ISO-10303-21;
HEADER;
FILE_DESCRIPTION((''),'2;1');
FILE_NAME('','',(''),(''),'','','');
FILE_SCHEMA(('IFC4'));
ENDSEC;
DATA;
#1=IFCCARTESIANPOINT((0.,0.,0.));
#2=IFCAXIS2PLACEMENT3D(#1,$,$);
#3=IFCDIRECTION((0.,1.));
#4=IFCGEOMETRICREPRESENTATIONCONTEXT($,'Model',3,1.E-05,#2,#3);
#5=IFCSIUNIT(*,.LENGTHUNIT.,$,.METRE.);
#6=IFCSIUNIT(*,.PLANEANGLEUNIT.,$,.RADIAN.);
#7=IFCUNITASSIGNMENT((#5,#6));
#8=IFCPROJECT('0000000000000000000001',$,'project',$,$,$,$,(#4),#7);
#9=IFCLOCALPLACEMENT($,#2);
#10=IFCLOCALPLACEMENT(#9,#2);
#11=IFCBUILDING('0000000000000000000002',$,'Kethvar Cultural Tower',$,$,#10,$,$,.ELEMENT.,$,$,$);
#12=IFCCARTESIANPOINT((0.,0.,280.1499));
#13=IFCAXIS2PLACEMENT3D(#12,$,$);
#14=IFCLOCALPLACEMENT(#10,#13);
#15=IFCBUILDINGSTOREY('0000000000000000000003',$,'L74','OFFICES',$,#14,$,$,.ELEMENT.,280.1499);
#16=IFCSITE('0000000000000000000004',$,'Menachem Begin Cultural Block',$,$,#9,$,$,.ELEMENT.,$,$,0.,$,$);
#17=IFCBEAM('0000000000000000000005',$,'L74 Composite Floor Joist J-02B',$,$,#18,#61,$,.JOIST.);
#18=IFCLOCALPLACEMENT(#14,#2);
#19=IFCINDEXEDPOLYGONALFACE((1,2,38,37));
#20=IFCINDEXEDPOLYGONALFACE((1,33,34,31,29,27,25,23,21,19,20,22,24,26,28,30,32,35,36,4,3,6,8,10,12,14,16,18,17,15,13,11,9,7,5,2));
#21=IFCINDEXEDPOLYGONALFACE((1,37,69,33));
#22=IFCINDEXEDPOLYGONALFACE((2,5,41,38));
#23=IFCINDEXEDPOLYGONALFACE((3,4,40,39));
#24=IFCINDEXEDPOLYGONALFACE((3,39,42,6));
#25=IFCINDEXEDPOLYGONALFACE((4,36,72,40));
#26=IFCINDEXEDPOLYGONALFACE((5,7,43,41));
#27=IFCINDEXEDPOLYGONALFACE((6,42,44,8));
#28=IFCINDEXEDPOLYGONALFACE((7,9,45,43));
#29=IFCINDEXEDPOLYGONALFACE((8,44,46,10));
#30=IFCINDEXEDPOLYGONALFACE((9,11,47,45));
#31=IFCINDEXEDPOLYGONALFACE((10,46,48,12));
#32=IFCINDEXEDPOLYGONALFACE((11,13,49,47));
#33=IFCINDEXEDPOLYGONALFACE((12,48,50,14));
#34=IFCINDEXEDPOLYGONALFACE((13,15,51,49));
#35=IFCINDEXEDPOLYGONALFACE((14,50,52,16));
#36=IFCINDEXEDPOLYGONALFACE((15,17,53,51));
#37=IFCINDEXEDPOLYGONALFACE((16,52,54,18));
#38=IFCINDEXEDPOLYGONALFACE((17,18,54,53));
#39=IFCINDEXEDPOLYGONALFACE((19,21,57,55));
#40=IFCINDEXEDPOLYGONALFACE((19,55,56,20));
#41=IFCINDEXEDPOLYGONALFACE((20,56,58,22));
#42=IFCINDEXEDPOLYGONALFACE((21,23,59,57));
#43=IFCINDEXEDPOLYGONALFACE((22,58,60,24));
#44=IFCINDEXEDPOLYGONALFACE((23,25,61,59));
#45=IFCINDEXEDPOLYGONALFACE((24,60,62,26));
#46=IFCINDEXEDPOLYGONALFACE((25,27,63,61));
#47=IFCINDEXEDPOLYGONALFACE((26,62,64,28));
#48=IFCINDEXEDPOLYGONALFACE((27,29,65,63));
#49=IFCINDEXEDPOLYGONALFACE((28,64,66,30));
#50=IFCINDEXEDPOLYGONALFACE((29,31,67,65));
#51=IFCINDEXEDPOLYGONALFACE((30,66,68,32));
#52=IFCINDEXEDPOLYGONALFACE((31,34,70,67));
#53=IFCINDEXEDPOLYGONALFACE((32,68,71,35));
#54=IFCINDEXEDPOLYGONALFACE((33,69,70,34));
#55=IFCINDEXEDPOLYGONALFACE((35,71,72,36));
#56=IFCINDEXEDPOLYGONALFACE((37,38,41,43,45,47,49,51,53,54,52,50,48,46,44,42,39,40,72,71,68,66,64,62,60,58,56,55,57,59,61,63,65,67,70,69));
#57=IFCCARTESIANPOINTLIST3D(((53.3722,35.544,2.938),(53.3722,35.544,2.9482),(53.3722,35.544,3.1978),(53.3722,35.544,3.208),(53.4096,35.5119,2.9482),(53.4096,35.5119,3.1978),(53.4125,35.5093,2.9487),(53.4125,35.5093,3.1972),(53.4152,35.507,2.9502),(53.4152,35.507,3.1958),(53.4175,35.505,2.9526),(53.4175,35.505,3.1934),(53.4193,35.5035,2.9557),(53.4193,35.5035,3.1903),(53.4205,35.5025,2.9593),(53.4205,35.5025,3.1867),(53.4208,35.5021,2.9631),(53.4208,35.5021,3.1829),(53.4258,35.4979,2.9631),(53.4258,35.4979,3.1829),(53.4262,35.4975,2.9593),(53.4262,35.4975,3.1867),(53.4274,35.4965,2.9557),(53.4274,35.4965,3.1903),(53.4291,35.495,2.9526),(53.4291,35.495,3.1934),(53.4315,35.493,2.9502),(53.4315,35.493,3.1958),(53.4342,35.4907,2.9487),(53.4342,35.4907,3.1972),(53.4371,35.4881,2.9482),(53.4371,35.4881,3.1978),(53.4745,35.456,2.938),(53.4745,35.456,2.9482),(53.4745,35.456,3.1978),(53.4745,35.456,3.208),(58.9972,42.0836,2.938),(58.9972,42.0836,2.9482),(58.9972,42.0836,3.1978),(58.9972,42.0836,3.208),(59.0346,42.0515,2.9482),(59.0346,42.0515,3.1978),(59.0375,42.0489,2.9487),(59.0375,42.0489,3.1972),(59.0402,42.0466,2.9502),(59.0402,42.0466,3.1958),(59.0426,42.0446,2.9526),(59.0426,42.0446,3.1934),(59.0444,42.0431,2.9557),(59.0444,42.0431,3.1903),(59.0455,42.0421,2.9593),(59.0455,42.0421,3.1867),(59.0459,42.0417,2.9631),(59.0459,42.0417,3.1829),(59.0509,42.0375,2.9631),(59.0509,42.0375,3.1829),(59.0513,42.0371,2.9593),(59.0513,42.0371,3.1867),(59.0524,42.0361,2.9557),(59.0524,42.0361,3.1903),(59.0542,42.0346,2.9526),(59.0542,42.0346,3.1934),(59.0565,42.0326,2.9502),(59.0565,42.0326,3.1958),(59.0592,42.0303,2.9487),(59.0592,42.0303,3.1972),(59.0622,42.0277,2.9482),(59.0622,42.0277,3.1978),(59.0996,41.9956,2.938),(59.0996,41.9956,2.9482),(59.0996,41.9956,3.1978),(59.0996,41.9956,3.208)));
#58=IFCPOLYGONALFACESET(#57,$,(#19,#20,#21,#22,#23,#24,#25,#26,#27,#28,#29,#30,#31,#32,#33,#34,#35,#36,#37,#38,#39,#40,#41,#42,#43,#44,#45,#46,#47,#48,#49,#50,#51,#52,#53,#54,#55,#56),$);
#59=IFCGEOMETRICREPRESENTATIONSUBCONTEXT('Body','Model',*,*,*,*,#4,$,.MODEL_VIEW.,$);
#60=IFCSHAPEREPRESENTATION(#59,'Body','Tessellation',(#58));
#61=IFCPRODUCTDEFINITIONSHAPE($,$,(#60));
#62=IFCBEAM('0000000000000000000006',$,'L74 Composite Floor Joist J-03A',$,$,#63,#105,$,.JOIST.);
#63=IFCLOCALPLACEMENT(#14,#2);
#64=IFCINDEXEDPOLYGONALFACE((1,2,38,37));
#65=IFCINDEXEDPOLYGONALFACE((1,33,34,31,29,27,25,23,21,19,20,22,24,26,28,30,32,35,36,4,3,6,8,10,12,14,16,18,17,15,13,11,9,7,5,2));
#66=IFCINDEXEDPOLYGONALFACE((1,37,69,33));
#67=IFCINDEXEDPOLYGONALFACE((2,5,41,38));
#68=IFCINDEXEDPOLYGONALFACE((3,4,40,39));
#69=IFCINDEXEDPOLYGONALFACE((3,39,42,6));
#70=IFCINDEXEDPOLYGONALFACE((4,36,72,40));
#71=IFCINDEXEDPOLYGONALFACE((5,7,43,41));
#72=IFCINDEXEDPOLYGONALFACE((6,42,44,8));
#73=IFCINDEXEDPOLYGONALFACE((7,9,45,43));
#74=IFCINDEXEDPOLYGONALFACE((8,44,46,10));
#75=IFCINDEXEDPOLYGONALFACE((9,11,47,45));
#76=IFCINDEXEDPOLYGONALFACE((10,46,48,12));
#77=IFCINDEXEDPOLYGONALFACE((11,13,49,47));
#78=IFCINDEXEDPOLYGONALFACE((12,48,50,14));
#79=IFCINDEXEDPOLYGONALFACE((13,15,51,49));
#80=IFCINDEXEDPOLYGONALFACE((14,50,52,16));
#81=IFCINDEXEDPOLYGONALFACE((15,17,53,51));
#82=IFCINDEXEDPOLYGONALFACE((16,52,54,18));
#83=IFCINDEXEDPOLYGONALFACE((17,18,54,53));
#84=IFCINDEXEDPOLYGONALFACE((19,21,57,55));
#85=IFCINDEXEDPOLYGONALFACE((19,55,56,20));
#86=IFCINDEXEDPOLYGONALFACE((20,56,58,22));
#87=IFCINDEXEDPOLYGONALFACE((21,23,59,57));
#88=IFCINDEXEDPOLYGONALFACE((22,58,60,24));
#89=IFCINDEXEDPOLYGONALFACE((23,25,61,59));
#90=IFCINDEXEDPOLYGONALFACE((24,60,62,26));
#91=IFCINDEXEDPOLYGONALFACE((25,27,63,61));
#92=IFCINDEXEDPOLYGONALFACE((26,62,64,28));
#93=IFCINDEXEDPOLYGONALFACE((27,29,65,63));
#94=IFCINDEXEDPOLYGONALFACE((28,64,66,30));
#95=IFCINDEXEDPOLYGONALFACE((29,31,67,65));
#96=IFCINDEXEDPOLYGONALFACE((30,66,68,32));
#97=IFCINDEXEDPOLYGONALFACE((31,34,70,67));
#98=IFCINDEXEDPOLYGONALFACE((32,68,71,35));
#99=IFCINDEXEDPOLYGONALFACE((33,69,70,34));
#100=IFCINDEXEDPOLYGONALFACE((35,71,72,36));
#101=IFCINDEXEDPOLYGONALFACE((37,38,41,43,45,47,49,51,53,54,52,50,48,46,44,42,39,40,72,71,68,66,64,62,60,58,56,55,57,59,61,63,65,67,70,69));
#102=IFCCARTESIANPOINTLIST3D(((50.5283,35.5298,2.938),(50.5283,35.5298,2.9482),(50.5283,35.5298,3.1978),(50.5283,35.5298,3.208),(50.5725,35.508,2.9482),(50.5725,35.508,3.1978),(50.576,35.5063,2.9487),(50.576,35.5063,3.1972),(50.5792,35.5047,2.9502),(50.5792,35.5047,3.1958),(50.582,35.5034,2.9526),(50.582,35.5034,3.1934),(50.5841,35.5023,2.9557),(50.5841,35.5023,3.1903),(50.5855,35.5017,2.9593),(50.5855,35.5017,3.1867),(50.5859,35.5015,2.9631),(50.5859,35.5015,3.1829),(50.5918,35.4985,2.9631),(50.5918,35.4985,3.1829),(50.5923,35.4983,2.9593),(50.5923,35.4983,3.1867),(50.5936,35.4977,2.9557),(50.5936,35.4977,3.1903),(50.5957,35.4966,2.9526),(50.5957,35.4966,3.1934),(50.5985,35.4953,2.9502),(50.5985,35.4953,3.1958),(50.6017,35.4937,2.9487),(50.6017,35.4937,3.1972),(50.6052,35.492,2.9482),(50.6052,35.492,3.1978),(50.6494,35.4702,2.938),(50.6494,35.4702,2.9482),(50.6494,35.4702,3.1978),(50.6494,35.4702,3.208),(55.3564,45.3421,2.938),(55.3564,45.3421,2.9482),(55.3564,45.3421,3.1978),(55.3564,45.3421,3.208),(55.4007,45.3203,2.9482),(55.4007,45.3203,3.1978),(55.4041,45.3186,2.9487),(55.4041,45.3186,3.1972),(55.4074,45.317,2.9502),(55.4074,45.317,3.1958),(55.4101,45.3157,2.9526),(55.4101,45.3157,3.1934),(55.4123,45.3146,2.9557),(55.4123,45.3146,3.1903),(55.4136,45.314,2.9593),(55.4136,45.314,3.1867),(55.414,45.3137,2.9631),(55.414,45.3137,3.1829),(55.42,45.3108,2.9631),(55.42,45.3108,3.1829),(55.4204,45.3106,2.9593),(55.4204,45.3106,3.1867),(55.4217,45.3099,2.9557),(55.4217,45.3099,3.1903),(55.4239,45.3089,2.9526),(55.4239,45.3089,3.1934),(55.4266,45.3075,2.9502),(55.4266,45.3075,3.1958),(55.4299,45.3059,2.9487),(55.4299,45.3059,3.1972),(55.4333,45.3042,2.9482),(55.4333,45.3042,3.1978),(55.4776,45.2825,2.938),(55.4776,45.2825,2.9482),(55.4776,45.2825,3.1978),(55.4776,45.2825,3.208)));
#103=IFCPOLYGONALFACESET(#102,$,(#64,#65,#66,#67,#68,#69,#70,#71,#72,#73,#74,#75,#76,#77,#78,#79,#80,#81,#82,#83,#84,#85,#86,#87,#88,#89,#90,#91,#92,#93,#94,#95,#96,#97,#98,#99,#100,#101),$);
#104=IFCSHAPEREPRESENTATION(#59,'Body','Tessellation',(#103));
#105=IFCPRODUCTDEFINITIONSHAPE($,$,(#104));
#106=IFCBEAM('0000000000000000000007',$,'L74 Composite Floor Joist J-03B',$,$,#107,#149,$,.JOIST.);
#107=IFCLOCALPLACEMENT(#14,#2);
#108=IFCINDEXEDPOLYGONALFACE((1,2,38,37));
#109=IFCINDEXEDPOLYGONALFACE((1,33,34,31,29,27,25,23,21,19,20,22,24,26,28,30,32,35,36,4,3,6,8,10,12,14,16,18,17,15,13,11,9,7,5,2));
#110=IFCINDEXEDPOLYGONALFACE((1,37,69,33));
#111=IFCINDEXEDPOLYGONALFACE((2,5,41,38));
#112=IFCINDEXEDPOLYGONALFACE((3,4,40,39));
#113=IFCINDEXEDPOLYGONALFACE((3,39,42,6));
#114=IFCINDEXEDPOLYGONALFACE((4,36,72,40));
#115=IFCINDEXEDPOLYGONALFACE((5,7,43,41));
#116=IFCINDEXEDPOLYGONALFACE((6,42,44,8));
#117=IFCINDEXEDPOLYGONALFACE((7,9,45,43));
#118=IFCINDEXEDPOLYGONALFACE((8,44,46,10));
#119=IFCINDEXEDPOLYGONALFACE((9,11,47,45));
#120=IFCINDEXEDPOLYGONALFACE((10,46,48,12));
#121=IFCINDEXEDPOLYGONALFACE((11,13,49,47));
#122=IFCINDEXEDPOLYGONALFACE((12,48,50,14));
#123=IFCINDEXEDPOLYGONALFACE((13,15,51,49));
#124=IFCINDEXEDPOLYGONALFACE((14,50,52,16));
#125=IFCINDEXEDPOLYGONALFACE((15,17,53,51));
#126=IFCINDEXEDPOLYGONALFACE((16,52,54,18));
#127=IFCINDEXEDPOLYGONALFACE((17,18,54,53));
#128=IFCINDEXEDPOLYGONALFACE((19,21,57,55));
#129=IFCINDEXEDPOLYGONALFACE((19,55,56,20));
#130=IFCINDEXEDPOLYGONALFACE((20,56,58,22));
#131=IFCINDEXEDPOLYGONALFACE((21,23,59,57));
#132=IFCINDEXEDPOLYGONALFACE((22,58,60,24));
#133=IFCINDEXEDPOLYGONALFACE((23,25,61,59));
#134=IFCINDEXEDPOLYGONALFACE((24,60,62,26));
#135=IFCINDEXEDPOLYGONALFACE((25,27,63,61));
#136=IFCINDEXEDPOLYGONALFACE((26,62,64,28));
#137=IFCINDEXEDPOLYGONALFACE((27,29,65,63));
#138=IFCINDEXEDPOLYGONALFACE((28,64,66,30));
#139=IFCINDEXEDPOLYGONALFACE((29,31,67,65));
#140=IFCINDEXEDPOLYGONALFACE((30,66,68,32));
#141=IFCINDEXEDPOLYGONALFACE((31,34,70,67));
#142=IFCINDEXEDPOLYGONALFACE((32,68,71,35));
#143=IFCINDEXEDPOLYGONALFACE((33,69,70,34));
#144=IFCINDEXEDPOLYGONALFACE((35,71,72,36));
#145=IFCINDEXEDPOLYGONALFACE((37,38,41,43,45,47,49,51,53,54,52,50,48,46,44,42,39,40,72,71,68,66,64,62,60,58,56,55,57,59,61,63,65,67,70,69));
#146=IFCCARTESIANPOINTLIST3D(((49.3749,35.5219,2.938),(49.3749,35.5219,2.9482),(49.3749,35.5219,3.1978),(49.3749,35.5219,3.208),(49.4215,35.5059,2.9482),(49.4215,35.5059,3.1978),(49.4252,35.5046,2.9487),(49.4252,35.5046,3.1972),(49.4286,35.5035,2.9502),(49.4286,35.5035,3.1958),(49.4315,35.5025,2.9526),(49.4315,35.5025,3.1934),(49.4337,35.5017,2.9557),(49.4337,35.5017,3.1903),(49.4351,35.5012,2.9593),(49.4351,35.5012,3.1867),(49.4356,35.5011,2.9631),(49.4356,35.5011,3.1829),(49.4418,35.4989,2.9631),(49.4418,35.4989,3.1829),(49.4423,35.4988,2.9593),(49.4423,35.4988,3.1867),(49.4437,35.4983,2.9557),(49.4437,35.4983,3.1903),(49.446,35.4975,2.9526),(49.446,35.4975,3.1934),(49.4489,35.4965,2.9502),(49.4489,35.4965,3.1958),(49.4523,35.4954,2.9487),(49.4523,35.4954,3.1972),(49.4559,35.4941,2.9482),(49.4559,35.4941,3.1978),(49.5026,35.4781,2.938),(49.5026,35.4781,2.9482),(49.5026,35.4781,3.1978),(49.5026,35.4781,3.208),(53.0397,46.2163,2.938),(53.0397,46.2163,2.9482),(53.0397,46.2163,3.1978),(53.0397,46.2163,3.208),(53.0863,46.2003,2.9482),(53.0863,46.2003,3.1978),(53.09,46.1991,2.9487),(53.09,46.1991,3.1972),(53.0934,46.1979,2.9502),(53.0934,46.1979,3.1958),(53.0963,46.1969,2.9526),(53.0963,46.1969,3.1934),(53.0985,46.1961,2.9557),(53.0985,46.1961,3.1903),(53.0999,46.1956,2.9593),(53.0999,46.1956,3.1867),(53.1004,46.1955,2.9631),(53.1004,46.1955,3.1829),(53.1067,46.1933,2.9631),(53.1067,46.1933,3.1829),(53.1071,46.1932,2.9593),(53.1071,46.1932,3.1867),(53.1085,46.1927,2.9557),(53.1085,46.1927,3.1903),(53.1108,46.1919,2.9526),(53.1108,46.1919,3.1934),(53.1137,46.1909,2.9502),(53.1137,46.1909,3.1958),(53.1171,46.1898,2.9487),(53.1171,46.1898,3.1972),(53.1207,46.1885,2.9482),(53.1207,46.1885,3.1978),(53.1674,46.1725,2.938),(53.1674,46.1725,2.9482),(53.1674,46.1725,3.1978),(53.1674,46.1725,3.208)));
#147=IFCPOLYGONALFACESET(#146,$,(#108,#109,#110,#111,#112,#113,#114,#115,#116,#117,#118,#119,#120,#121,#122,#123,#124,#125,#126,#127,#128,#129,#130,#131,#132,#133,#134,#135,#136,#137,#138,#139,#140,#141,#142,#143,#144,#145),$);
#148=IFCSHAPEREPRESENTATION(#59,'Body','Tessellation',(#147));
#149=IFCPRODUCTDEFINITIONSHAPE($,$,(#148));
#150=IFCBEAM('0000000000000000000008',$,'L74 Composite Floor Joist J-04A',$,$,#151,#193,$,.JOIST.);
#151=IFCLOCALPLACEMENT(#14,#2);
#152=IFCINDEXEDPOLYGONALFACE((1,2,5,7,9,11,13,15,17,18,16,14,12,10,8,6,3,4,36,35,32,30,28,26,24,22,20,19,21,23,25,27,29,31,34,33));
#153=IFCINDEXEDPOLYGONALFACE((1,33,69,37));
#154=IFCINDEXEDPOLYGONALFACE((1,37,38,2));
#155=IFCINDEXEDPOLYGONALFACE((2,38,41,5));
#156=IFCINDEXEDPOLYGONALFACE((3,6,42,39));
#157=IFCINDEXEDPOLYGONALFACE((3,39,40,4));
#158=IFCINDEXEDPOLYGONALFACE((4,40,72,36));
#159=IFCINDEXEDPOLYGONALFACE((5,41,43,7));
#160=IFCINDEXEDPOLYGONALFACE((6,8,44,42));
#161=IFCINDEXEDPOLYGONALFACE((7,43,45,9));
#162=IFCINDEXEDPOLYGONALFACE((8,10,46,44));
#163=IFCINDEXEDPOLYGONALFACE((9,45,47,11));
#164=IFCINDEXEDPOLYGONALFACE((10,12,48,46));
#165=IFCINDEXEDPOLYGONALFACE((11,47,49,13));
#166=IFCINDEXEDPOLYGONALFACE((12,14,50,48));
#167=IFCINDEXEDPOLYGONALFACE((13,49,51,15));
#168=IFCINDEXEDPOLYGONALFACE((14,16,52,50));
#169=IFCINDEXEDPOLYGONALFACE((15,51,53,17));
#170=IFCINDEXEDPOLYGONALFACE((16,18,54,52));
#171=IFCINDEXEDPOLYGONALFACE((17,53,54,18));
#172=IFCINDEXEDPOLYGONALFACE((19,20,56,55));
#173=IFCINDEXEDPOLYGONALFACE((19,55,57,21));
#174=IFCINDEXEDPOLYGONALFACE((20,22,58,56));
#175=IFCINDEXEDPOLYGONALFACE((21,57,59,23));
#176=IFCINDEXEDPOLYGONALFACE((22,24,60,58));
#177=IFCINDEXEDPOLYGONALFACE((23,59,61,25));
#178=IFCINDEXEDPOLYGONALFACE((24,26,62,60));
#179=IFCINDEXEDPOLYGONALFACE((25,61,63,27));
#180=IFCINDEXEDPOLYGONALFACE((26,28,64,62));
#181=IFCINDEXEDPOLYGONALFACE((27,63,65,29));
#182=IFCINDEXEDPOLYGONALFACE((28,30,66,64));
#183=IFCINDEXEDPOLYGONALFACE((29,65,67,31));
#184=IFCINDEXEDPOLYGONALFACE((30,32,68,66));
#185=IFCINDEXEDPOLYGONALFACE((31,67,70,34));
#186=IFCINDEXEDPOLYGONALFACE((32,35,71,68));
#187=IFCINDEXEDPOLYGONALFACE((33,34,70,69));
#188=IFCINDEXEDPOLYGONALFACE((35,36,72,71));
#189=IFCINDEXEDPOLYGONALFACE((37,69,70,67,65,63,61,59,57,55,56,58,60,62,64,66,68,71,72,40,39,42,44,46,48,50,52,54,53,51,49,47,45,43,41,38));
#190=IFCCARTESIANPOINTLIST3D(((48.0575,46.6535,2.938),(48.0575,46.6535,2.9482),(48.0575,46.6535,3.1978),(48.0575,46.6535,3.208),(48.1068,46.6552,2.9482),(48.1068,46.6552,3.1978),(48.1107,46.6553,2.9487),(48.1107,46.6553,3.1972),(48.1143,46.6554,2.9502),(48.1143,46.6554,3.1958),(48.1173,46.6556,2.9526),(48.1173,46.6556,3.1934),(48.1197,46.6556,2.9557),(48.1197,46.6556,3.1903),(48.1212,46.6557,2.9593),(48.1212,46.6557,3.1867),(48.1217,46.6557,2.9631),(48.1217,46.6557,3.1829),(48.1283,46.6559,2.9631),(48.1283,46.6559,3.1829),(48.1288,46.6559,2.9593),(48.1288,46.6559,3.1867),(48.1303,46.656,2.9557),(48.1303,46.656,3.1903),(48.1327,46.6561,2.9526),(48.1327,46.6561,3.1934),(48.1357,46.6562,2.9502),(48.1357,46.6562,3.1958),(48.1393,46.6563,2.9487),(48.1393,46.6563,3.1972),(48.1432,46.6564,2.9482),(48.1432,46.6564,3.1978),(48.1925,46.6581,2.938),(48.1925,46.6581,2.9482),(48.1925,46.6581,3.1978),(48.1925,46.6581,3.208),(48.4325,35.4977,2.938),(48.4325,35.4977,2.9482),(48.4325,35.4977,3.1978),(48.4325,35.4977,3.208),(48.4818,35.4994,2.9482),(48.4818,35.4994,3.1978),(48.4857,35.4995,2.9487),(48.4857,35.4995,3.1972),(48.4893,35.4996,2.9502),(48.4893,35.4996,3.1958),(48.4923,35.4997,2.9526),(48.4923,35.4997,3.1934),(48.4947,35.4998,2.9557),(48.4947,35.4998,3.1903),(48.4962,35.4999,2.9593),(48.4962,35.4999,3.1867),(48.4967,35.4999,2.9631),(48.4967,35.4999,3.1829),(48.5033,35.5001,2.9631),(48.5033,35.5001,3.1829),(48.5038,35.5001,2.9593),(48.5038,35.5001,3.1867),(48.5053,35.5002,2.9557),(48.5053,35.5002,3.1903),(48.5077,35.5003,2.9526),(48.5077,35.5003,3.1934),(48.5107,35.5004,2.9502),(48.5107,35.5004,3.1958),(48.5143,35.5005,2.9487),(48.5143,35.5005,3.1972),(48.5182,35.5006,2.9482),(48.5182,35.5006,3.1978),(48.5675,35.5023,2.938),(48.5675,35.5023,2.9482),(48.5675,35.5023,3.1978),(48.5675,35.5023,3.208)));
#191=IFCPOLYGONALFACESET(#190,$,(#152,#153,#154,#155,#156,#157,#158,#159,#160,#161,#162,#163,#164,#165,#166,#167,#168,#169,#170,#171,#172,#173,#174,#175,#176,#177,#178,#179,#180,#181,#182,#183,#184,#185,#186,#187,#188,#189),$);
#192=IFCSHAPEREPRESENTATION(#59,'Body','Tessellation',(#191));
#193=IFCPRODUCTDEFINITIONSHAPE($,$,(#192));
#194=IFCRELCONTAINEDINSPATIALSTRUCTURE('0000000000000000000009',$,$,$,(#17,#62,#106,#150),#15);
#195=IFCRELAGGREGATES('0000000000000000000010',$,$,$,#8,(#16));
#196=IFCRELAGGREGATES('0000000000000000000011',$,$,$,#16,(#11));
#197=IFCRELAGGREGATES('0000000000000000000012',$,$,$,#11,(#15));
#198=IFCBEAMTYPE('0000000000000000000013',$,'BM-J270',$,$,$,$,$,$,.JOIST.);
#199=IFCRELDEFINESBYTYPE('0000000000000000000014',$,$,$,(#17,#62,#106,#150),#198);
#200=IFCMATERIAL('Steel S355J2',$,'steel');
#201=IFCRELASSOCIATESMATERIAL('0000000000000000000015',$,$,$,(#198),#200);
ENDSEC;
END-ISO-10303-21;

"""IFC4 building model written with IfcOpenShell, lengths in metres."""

from ifc_helpers import new_model, si_unit, direction, frame, origin, origin_2d, place, context, subcontext, project, spatial, i_section, extrude, source, transform, mapped, material, material_profile, profile_set, type_object, element, save


model = new_model("IFC4")

# Units and contexts
model_context = context("Model", 3, precision=1e-05, world=origin(), true_north=direction((0.0, 1.0)))
body_context = subcontext(model_context, "Body", "Model", "MODEL_VIEW")
ifc_project = project(units=[si_unit("LENGTHUNIT", "METRE"), si_unit("PLANEANGLEUNIT", "RADIAN")], contexts=[model_context])

# Site, building, storey
site_placement = place(None, origin())
site = spatial("IfcSite", under=ifc_project, at=site_placement, Name="Menachem Begin Cultural Block", CompositionType="ELEMENT", RefElevation=0.0)
building_placement = place(site_placement, origin())
building = spatial("IfcBuilding", under=site, at=building_placement, Name="Kethvar Cultural Tower", CompositionType="ELEMENT")
storey_placement = place(building_placement, frame((0.0, 0.0, 280.1499)))
storey = spatial("IfcBuildingStorey", under=building, at=storey_placement, Name="L74", Description="OFFICES", CompositionType="ELEMENT", Elevation=280.1499)

# Beams
ifc_material_1 = material(Name="Steel S355J2", Category="steel")
ifc_material_profile_1 = material_profile(ifc_material_1, i_section(OverallWidth=0.135, OverallDepth=0.27, WebThickness=0.0066, FlangeThickness=0.0103, FilletRadius=0.0149, at=origin_2d()), Name="Steel S355J2 — IPE270")
ifc_profile_set_1 = profile_set([ifc_material_profile_1], Name="Steel S355J2 — IPE270")
beam_type_1 = type_object("IfcBeamType", Name="BM-J270", PredefinedType="JOIST", material=ifc_profile_set_1)
shared_shape_1 = source(origin(), body_context, "Body", "SweptSolid", [
    extrude(i_section(OverallWidth=0.135, OverallDepth=0.27, WebThickness=0.0066, FlangeThickness=0.0103, FilletRadius=0.0149, at=origin_2d()), origin(), (0.0, 0.0, 1.0), 8.626),
])
beam_1_placement = place(storey_placement, frame((53.4233, 35.5, 3.073), z_axis=(0.652105, 0.758129, 0.0), x_axis=(-0.758129, 0.652105, 0.0)))
element("IfcBeam", 1, at=beam_1_placement, inside=storey, type_object=beam_type_1, Name="L74 Composite Floor Joist J-02B", PredefinedType="JOIST", context=body_context, shape_type="MappedRepresentation", body=[
    mapped(shared_shape_1, transform((0.0, 0.0, 0.0), scale=1.0)),
])
shared_shape_2 = source(origin(), body_context, "Body", "SweptSolid", [
    extrude(i_section(OverallWidth=0.135, OverallDepth=0.27, WebThickness=0.0066, FlangeThickness=0.0103, FilletRadius=0.0149, at=origin_2d()), origin(), (0.0, 0.0, 1.0), 10.9358),
])
beam_2_placement = place(storey_placement, frame((50.5889, 35.5, 3.073), z_axis=(0.441498, 0.897262, 0.0), x_axis=(-0.897262, 0.441498, 0.0)))
element("IfcBeam", 2, at=beam_2_placement, inside=storey, type_object=beam_type_1, Name="L74 Composite Floor Joist J-03A", PredefinedType="JOIST", context=body_context, shape_type="MappedRepresentation", body=[
    mapped(shared_shape_2, transform((0.0, 0.0, 0.0), scale=1.0)),
])
shared_shape_3 = source(origin(), body_context, "Body", "SweptSolid", [
    extrude(i_section(OverallWidth=0.135, OverallDepth=0.27, WebThickness=0.0066, FlangeThickness=0.0103, FilletRadius=0.0149, at=origin_2d()), origin(), (0.0, 0.0, 1.0), 11.3049),
])
beam_3_placement = place(storey_placement, frame((49.4387, 35.5, 3.073), z_axis=(0.324179, 0.945996, 0.0), x_axis=(-0.945996, 0.324179, 0.0)))
element("IfcBeam", 3, at=beam_3_placement, inside=storey, type_object=beam_type_1, Name="L74 Composite Floor Joist J-03B", PredefinedType="JOIST", context=body_context, shape_type="MappedRepresentation", body=[
    mapped(shared_shape_3, transform((0.0, 0.0, 0.0), scale=1.0)),
])
shared_shape_4 = source(origin(), body_context, "Body", "SweptSolid", [
    extrude(i_section(OverallWidth=0.135, OverallDepth=0.27, WebThickness=0.0066, FlangeThickness=0.0103, FilletRadius=0.0149, at=origin_2d()), origin(), (0.0, 0.0, 1.0), 11.1621),
])
beam_4_placement = place(storey_placement, frame((48.5, 35.5, 3.073), z_axis=(-0.033596, 0.999435, 0.0), x_axis=(-0.999435, -0.033596, 0.0)))
element("IfcBeam", 4, at=beam_4_placement, inside=storey, type_object=beam_type_1, Name="L74 Composite Floor Joist J-04A", PredefinedType="JOIST", context=body_context, shape_type="MappedRepresentation", body=[
    mapped(shared_shape_4, transform((0.0, 0.0, 0.0), scale=1.0)),
])

save(model, "model.ifc")
